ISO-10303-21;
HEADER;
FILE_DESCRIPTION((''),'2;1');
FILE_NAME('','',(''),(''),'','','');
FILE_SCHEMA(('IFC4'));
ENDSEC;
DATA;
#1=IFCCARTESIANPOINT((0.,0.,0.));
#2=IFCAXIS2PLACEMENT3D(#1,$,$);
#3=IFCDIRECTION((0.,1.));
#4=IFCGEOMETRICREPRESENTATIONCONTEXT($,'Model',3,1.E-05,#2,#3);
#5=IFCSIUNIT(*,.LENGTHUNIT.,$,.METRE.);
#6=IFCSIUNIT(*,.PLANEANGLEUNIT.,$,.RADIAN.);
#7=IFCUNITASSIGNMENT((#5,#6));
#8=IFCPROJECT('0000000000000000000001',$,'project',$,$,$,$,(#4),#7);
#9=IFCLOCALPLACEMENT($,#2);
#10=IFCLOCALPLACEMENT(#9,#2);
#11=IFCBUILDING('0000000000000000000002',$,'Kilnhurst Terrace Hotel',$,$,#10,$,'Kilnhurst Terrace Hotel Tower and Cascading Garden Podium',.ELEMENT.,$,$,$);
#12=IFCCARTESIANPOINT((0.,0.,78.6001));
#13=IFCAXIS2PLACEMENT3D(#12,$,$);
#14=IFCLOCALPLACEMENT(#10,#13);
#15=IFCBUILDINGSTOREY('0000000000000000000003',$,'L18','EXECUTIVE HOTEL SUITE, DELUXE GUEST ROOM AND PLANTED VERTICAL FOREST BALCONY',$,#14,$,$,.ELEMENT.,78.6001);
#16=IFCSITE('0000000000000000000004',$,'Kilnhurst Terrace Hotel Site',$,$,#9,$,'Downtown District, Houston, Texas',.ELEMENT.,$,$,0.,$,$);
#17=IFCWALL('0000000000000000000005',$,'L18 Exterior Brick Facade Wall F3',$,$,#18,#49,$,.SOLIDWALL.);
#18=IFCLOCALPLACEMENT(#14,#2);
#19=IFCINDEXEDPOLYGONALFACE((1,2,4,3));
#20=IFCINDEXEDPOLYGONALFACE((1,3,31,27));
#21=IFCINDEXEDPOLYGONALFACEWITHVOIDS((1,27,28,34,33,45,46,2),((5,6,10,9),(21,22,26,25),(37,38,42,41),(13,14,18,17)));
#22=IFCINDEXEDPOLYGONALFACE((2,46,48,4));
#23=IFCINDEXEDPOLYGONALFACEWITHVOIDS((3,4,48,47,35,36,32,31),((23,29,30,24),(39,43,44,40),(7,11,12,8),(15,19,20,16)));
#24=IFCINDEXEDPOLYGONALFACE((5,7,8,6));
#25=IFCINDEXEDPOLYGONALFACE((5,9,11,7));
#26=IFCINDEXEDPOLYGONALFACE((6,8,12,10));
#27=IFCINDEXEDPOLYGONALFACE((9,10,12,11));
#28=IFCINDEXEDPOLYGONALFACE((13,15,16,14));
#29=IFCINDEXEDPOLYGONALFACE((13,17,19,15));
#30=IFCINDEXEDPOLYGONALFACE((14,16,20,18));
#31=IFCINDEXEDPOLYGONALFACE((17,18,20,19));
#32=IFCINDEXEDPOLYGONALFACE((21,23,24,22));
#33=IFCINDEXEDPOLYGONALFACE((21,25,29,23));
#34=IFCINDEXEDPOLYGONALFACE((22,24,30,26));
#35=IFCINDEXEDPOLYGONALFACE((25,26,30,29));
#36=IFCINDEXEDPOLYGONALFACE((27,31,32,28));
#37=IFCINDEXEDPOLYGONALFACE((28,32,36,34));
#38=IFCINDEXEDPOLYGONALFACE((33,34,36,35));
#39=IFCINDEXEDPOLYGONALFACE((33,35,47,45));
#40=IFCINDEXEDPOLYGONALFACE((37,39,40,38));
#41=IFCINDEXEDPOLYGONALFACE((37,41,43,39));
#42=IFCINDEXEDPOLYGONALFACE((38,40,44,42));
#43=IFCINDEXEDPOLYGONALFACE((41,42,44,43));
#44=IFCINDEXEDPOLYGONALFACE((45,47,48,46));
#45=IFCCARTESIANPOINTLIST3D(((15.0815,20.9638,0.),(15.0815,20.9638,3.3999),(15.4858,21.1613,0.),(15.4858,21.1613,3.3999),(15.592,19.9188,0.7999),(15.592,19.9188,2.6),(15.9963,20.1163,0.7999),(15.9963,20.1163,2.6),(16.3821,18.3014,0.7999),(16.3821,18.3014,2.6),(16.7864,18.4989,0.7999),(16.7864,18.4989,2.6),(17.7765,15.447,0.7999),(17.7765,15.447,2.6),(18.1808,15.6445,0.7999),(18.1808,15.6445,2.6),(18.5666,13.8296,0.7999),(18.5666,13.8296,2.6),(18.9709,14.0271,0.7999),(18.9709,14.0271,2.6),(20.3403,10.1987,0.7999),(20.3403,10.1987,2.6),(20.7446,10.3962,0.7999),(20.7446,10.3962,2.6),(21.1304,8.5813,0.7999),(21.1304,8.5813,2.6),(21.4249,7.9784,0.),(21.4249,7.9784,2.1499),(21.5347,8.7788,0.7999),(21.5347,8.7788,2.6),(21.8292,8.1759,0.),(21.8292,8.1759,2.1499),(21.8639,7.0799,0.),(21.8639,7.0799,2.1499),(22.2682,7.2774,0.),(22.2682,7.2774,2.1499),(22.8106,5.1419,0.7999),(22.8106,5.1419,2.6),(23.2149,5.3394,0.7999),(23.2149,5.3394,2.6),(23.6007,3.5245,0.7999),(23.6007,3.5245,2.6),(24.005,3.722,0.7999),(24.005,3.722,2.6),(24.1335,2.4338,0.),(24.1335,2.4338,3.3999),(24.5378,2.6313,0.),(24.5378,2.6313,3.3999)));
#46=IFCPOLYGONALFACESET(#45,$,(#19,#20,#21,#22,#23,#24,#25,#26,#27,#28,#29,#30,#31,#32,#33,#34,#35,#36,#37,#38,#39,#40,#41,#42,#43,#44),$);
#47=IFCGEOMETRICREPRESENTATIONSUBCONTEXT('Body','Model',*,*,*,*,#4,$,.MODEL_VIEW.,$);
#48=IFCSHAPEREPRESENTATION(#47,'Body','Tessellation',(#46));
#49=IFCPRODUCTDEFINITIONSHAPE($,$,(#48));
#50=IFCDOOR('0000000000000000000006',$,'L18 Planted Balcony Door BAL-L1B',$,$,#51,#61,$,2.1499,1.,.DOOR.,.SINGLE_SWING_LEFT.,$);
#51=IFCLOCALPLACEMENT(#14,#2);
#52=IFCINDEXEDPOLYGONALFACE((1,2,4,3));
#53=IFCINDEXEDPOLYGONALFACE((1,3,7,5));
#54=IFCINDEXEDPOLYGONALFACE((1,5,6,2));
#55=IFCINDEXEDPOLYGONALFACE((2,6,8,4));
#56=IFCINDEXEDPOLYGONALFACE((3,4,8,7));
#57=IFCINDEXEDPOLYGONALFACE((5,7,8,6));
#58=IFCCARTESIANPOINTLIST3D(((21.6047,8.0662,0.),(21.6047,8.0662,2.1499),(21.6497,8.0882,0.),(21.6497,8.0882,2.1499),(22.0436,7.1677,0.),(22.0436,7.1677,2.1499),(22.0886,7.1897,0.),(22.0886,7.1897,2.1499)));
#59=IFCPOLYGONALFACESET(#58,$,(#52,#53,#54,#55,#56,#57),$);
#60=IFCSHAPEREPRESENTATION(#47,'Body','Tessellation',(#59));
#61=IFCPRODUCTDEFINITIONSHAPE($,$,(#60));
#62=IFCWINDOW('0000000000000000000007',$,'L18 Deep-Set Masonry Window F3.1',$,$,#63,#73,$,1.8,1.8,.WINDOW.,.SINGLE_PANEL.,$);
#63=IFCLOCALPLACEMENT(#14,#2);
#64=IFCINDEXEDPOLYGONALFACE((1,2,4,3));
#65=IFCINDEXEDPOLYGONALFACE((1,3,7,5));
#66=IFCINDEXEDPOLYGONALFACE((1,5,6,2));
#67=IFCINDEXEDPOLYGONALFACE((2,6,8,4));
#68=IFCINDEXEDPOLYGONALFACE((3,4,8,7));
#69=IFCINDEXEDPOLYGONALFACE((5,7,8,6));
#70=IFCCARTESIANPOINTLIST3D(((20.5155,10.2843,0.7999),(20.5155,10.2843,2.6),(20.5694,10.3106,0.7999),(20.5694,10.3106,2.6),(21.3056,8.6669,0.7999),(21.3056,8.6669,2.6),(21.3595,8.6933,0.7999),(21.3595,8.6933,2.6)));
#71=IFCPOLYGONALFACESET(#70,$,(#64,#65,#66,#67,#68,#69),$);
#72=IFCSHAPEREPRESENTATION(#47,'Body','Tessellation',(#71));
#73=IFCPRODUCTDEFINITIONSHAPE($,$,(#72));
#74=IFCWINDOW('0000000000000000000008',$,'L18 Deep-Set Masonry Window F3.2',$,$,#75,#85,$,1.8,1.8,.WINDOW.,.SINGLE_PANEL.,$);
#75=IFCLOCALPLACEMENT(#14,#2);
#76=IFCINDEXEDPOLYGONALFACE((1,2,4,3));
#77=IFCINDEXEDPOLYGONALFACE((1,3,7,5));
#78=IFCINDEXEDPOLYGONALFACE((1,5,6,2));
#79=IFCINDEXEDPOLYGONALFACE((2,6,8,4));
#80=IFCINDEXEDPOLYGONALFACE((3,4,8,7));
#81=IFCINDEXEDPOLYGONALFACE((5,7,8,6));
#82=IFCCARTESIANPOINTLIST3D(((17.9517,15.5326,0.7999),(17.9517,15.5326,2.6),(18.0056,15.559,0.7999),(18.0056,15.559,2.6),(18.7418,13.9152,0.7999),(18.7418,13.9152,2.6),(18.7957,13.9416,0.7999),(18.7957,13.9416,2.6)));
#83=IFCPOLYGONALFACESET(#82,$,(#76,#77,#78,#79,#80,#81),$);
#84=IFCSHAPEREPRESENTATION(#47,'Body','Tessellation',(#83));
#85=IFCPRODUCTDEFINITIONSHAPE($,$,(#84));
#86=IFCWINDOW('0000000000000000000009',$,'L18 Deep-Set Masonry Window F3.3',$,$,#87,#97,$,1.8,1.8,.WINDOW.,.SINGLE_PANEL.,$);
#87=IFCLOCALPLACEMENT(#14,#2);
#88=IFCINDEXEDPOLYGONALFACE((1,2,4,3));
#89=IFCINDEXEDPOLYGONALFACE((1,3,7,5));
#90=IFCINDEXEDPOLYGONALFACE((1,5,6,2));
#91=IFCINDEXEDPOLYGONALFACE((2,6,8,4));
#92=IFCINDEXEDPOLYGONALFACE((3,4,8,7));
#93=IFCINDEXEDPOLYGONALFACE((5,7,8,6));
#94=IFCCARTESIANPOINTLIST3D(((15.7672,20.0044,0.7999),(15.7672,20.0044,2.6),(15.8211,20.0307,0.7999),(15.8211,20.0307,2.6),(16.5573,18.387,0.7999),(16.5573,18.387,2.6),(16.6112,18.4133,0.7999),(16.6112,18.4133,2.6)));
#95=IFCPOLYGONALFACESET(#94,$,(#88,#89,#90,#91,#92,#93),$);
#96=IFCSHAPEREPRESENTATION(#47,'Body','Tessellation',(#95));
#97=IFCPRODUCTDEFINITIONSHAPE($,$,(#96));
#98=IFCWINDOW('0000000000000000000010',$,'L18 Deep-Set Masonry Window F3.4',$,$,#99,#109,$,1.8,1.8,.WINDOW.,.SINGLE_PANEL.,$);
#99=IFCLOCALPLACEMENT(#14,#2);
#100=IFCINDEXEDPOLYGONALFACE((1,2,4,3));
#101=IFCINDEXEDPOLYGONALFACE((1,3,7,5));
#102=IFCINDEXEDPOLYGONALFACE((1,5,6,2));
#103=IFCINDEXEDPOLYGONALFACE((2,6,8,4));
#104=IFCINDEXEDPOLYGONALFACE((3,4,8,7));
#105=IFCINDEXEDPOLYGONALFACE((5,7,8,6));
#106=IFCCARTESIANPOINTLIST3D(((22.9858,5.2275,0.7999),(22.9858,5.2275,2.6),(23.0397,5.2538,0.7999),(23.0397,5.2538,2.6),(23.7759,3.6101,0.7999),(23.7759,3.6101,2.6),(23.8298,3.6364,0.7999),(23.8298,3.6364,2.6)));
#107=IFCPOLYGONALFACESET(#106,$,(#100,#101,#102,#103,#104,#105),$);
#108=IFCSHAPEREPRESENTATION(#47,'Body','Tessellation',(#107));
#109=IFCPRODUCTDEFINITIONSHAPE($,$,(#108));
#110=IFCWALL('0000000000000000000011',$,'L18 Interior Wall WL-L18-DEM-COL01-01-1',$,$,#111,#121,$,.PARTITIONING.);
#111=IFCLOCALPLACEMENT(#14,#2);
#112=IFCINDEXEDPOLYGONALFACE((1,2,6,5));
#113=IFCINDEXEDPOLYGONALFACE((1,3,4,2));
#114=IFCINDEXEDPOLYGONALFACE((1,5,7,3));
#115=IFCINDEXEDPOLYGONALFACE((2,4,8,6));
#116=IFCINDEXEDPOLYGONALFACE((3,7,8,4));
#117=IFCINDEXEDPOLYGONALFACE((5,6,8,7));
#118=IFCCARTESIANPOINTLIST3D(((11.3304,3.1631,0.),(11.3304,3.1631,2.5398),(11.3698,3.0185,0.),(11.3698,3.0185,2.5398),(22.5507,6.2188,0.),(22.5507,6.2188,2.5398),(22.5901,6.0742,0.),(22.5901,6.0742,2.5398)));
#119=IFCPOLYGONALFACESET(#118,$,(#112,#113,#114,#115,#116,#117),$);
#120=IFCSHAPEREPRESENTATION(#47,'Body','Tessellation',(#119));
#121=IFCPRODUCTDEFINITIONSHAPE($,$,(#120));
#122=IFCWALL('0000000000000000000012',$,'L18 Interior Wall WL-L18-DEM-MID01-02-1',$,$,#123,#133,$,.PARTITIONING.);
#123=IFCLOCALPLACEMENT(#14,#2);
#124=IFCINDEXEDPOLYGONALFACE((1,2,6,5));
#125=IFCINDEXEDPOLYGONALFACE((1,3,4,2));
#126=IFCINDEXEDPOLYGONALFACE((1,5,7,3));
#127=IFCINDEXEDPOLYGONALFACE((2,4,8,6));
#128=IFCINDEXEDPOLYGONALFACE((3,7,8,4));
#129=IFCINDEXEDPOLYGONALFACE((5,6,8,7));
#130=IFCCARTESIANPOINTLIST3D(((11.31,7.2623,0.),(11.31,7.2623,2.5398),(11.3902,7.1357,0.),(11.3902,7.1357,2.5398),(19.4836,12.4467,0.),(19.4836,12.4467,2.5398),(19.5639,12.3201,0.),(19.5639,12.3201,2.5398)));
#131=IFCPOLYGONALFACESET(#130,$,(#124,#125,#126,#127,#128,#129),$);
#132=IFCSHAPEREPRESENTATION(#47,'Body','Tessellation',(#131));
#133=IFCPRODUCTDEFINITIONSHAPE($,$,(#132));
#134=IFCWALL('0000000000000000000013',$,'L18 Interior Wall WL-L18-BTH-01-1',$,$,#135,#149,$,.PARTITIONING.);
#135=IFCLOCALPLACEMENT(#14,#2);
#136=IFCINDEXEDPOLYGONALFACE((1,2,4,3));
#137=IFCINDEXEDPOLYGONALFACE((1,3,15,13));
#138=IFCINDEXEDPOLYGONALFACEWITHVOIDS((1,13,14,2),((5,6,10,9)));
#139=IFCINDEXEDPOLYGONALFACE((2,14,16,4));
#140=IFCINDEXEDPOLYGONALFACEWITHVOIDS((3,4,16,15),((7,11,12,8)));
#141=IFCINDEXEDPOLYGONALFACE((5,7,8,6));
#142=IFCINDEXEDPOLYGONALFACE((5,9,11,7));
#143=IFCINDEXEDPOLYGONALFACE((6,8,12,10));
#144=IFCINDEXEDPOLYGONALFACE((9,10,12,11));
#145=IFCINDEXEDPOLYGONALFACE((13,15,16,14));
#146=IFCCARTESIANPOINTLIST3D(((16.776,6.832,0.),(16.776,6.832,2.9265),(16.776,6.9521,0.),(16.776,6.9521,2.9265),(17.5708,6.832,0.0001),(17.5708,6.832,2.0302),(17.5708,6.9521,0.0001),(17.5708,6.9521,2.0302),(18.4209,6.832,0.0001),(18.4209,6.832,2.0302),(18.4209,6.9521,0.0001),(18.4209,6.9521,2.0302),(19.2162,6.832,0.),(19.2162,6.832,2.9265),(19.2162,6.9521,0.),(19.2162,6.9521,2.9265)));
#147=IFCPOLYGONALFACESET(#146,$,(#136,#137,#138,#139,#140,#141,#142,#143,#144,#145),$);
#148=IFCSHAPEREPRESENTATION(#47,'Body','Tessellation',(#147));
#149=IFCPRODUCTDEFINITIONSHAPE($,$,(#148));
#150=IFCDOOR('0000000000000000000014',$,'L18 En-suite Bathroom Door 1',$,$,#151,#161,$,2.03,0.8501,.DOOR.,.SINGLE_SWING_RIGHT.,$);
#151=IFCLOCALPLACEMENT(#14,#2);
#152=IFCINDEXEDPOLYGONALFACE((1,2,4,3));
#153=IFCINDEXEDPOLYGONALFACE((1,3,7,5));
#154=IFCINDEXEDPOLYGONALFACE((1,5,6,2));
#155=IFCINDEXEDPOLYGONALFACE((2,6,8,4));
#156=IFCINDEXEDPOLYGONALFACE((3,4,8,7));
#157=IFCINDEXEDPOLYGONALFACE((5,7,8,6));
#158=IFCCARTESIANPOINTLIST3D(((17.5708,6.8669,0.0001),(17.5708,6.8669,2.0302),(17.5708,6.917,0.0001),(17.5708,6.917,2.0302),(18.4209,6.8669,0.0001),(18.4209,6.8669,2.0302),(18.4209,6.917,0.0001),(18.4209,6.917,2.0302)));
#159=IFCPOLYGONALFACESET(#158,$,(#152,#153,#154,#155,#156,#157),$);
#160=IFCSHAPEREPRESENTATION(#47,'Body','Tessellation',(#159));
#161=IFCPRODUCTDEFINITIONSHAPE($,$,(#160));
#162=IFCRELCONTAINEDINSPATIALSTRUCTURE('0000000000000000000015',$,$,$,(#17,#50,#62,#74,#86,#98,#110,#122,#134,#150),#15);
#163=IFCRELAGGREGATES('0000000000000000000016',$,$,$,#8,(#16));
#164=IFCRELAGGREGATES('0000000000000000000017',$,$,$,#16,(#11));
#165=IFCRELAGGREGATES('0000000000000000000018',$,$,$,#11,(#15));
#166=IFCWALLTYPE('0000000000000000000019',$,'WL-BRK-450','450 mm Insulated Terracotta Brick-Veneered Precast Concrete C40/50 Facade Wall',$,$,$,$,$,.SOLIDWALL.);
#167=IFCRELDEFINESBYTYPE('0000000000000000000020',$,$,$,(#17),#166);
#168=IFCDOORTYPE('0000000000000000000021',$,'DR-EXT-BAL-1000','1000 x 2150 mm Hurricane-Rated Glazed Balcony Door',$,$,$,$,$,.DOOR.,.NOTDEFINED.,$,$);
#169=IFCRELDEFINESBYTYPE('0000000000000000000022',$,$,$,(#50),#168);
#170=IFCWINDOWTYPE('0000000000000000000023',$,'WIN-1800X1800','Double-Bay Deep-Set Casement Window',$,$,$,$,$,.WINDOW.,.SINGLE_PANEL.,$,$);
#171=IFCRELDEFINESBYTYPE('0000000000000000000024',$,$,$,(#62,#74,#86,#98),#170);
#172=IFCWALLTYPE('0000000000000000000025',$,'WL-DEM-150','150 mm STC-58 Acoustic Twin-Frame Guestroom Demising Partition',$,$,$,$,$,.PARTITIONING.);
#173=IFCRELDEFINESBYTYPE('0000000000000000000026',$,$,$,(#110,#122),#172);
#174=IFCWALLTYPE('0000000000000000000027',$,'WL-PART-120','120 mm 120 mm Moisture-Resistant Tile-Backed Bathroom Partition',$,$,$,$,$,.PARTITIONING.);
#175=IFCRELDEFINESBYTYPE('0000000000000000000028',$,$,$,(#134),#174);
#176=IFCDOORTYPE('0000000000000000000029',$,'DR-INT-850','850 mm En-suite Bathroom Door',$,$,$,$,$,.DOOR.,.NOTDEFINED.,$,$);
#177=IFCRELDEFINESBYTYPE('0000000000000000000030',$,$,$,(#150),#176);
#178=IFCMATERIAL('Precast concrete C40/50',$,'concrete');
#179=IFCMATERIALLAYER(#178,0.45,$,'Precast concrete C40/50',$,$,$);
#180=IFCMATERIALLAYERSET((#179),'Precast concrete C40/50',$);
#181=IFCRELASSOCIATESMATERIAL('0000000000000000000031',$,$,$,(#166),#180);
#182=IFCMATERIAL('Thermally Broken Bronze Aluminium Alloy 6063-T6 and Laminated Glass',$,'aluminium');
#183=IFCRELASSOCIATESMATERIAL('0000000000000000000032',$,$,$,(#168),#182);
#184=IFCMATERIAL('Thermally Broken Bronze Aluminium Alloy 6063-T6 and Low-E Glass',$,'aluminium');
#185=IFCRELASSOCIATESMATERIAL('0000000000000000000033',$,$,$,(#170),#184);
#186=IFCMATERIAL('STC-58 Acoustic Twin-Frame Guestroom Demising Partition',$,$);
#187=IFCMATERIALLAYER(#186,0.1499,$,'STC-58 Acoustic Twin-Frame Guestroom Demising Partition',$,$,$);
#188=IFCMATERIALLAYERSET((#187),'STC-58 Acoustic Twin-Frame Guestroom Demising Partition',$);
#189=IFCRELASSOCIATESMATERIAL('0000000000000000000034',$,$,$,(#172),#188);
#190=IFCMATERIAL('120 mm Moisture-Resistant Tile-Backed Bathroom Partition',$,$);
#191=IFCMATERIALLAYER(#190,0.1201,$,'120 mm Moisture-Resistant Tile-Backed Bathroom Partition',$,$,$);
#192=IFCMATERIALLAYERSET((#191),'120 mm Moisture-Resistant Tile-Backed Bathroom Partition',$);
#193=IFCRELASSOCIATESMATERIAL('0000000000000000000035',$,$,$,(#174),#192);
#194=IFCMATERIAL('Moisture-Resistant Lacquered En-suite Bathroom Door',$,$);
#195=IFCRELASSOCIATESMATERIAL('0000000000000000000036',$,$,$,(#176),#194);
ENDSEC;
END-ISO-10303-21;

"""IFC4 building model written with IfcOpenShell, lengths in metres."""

from ifc_helpers import new_model, si_unit, direction, frame, frame_2d, origin, place, context, subcontext, project, spatial, rectangle, extrude, material, layer, layer_set, type_object, element, fill, save


model = new_model("IFC4")

# Units and contexts
model_context = context("Model", 3, precision=1e-05, world=origin(), true_north=direction((0.0, 1.0)))
body_context = subcontext(model_context, "Body", "Model", "MODEL_VIEW")
ifc_project = project(units=[si_unit("LENGTHUNIT", "METRE"), si_unit("PLANEANGLEUNIT", "RADIAN")], contexts=[model_context])

# Site, building, storey
site_placement = place(None, origin())
site = spatial("IfcSite", under=ifc_project, at=site_placement, Name="Kilnhurst Terrace Hotel Site", LongName="Downtown District, Houston, Texas", CompositionType="ELEMENT", RefElevation=0.0)
building_placement = place(site_placement, origin())
building = spatial("IfcBuilding", under=site, at=building_placement, Name="Kilnhurst Terrace Hotel", LongName="Kilnhurst Terrace Hotel Tower and Cascading Garden Podium", CompositionType="ELEMENT")
storey_placement = place(building_placement, frame((0.0, 0.0, 78.6001)))
storey = spatial("IfcBuildingStorey", under=building, at=storey_placement, Name="L18", Description="EXECUTIVE HOTEL SUITE, DELUXE GUEST ROOM AND PLANTED VERTICAL FOREST BALCONY", CompositionType="ELEMENT", Elevation=78.6001)

# Shared definitions
ifc_material_1 = material(Name="Precast concrete C40/50", Category="concrete")
ifc_layer_1 = layer(ifc_material_1, 0.45, Name="Precast concrete C40/50")
ifc_layer_set_1 = layer_set([ifc_layer_1], Name="Precast concrete C40/50")
wall_type_1 = type_object("IfcWallType", Name="WL-BRK-450", Description="450 mm Insulated Terracotta Brick-Veneered Precast Concrete C40/50 Facade Wall", PredefinedType="SOLIDWALL", material=ifc_layer_set_1)

# Wall, openings, door, windows
wall_1_placement = place(storey_placement, frame((24.3357, 2.5325, 0.0), z_axis=(0.0, 0.0, 1.0), x_axis=(-0.438931, 0.898521, 0.0)))
wall_1 = element("IfcWall", 1, at=wall_1_placement, inside=storey, type_object=wall_type_1, Name="L18 Exterior Brick Facade Wall F3", PredefinedType="SOLIDWALL", context=body_context, shape_type="SweptSolid", body=[
    extrude(rectangle(XDim=20.6228, YDim=0.45, at=frame_2d((10.3115, 0.0))), origin(), (0.0, 0.0, 1.0), 3.3999),
])
opening_1_placement = place(wall_1_placement, frame((5.1709, 0.0, 0.0)))
opening_1 = element("IfcOpeningElement", 2, at=opening_1_placement, cuts=wall_1, PredefinedType="OPENING", context=body_context, shape_type="SweptSolid", body=[
    extrude(rectangle(XDim=1.0, YDim=2.1499, at=frame_2d((0.5, 1.075))), frame((0.0, 0.2349, 0.0), z_axis=(0.0, -1.0, 0.0), x_axis=(1.0, 0.0, 0.0)), (0.0, 0.0, 1.0), 0.47),
])
opening_2_placement = place(wall_1_placement, frame((6.842, 0.0, 0.8)))
opening_2 = element("IfcOpeningElement", 3, at=opening_2_placement, cuts=wall_1, PredefinedType="OPENING", context=body_context, shape_type="SweptSolid", body=[
    extrude(rectangle(XDim=1.8, YDim=1.8, at=frame_2d((0.8999, 0.8999))), frame((0.0, 0.2349, 0.0), z_axis=(0.0, -1.0, 0.0), x_axis=(1.0, 0.0, 0.0)), (0.0, 0.0, 1.0), 0.47),
])
opening_3_placement = place(wall_1_placement, frame((12.6831, 0.0, 0.8)))
opening_3 = element("IfcOpeningElement", 4, at=opening_3_placement, cuts=wall_1, PredefinedType="OPENING", context=body_context, shape_type="SweptSolid", body=[
    extrude(rectangle(XDim=1.8, YDim=1.8, at=frame_2d((0.8999, 0.8999))), frame((0.0, 0.2349, 0.0), z_axis=(0.0, -1.0, 0.0), x_axis=(1.0, 0.0, 0.0)), (0.0, 0.0, 1.0), 0.47),
])
opening_4_placement = place(wall_1_placement, frame((17.6599, 0.0, 0.8)))
opening_4 = element("IfcOpeningElement", 5, at=opening_4_placement, cuts=wall_1, PredefinedType="OPENING", context=body_context, shape_type="SweptSolid", body=[
    extrude(rectangle(XDim=1.8, YDim=1.8, at=frame_2d((0.8999, 0.8999))), frame((0.0, 0.2349, 0.0), z_axis=(0.0, -1.0, 0.0), x_axis=(1.0, 0.0, 0.0)), (0.0, 0.0, 1.0), 0.47),
])
opening_5_placement = place(wall_1_placement, frame((1.2141, 0.0, 0.8)))
opening_5 = element("IfcOpeningElement", 6, at=opening_5_placement, cuts=wall_1, PredefinedType="OPENING", context=body_context, shape_type="SweptSolid", body=[
    extrude(rectangle(XDim=1.8, YDim=1.8, at=frame_2d((0.8999, 0.8999))), frame((0.0, 0.2349, 0.0), z_axis=(0.0, -1.0, 0.0), x_axis=(1.0, 0.0, 0.0)), (0.0, 0.0, 1.0), 0.47),
])
ifc_material_2 = material(Name="Thermally Broken Bronze Aluminium Alloy 6063-T6 and Laminated Glass", Category="aluminium")
door_type_1 = type_object("IfcDoorType", Name="DR-EXT-BAL-1000", Description="1000 x 2150 mm Hurricane-Rated Glazed Balcony Door", OperationType="NOTDEFINED", PredefinedType="DOOR", material=ifc_material_2)
door_1_placement = place(opening_1_placement, origin())
door_1 = element("IfcDoor", 7, at=door_1_placement, inside=storey, type_object=door_type_1, Name="L18 Planted Balcony Door BAL-L1B", OperationType="SINGLE_SWING_LEFT", OverallHeight=2.1499, OverallWidth=1.0, PredefinedType="DOOR", context=body_context, shape_type="SweptSolid", body=[
    extrude(rectangle(XDim=1.0, YDim=2.1499, at=frame_2d((0.5, 1.075))), frame((0.0, 0.0249, 0.0), z_axis=(0.0, -1.0, 0.0), x_axis=(1.0, 0.0, 0.0)), (0.0, 0.0, 1.0), 0.05),
])
fill(opening_1, door_1)
ifc_material_3 = material(Name="Thermally Broken Bronze Aluminium Alloy 6063-T6 and Low-E Glass", Category="aluminium")
window_type = type_object("IfcWindowType", Name="WIN-1800X1800", Description="Double-Bay Deep-Set Casement Window", PartitioningType="SINGLE_PANEL", PredefinedType="WINDOW", material=ifc_material_3)
window_1_placement = place(opening_2_placement, origin())
window_1 = element("IfcWindow", 8, at=window_1_placement, inside=storey, type_object=window_type, Name="L18 Deep-Set Masonry Window F3.1", OverallHeight=1.8, OverallWidth=1.8, PartitioningType="SINGLE_PANEL", PredefinedType="WINDOW", context=body_context, shape_type="SweptSolid", body=[
    extrude(rectangle(XDim=1.8, YDim=1.8, at=frame_2d((0.8999, 0.8999))), frame((0.0, 0.03, 0.0), z_axis=(0.0, -1.0, 0.0), x_axis=(1.0, 0.0, 0.0)), (0.0, 0.0, 1.0), 0.0601),
])
fill(opening_2, window_1)
window_2_placement = place(opening_3_placement, origin())
window_2 = element("IfcWindow", 9, at=window_2_placement, inside=storey, type_object=window_type, Name="L18 Deep-Set Masonry Window F3.2", OverallHeight=1.8, OverallWidth=1.8, PartitioningType="SINGLE_PANEL", PredefinedType="WINDOW", context=body_context, shape_type="SweptSolid", body=[
    extrude(rectangle(XDim=1.8, YDim=1.8, at=frame_2d((0.8999, 0.8999))), frame((0.0, 0.03, 0.0), z_axis=(0.0, -1.0, 0.0), x_axis=(1.0, 0.0, 0.0)), (0.0, 0.0, 1.0), 0.0601),
])
fill(opening_3, window_2)
window_3_placement = place(opening_4_placement, origin())
window_3 = element("IfcWindow", 10, at=window_3_placement, inside=storey, type_object=window_type, Name="L18 Deep-Set Masonry Window F3.3", OverallHeight=1.8, OverallWidth=1.8, PartitioningType="SINGLE_PANEL", PredefinedType="WINDOW", context=body_context, shape_type="SweptSolid", body=[
    extrude(rectangle(XDim=1.8, YDim=1.8, at=frame_2d((0.8999, 0.8999))), frame((0.0, 0.03, 0.0), z_axis=(0.0, -1.0, 0.0), x_axis=(1.0, 0.0, 0.0)), (0.0, 0.0, 1.0), 0.0601),
])
fill(opening_4, window_3)
window_4_placement = place(opening_5_placement, origin())
window_4 = element("IfcWindow", 11, at=window_4_placement, inside=storey, type_object=window_type, Name="L18 Deep-Set Masonry Window F3.4", OverallHeight=1.8, OverallWidth=1.8, PartitioningType="SINGLE_PANEL", PredefinedType="WINDOW", context=body_context, shape_type="SweptSolid", body=[
    extrude(rectangle(XDim=1.8, YDim=1.8, at=frame_2d((0.8999, 0.8999))), frame((0.0, 0.03, 0.0), z_axis=(0.0, -1.0, 0.0), x_axis=(1.0, 0.0, 0.0)), (0.0, 0.0, 1.0), 0.0601),
])
fill(opening_5, window_4)

# Walls
ifc_material_4 = material(Name="STC-58 Acoustic Twin-Frame Guestroom Demising Partition")
ifc_layer_2 = layer(ifc_material_4, 0.1499, Name="STC-58 Acoustic Twin-Frame Guestroom Demising Partition")
ifc_layer_set_2 = layer_set([ifc_layer_2], Name="STC-58 Acoustic Twin-Frame Guestroom Demising Partition")
wall_type_2 = type_object("IfcWallType", Name="WL-DEM-150", Description="150 mm STC-58 Acoustic Twin-Frame Guestroom Demising Partition", PredefinedType="PARTITIONING", material=ifc_layer_set_2)
wall_2_placement = place(storey_placement, frame((11.3501, 3.0908, 0.0), z_axis=(0.0, 0.0, 1.0), x_axis=(0.96486, 0.262766, 0.0)))
element("IfcWall", 12, at=wall_2_placement, inside=storey, type_object=wall_type_2, Name="L18 Interior Wall WL-L18-DEM-COL01-01-1", PredefinedType="PARTITIONING", context=body_context, shape_type="SweptSolid", body=[
    extrude(rectangle(XDim=11.6289, YDim=0.1499, at=frame_2d((5.8145, 0.0))), origin(), (0.0, 0.0, 1.0), 2.5398),
])
wall_3_placement = place(storey_placement, frame((11.3501, 7.199, 0.0), z_axis=(0.0, 0.0, 1.0), x_axis=(0.844458, 0.535621, 0.0)))
element("IfcWall", 13, at=wall_3_placement, inside=storey, type_object=wall_type_2, Name="L18 Interior Wall WL-L18-DEM-MID01-02-1", PredefinedType="PARTITIONING", context=body_context, shape_type="SweptSolid", body=[
    extrude(rectangle(XDim=9.6792, YDim=0.1499, at=frame_2d((4.8396, 0.0))), origin(), (0.0, 0.0, 1.0), 2.5398),
])

# Wall, opening, door
ifc_material_5 = material(Name="120 mm Moisture-Resistant Tile-Backed Bathroom Partition")
ifc_layer_3 = layer(ifc_material_5, 0.1201, Name="120 mm Moisture-Resistant Tile-Backed Bathroom Partition")
ifc_layer_set_3 = layer_set([ifc_layer_3], Name="120 mm Moisture-Resistant Tile-Backed Bathroom Partition")
wall_type_3 = type_object("IfcWallType", Name="WL-PART-120", Description="120 mm 120 mm Moisture-Resistant Tile-Backed Bathroom Partition", PredefinedType="PARTITIONING", material=ifc_layer_set_3)
wall_4_placement = place(storey_placement, frame((16.7759, 6.8921, 0.0), z_axis=(0.0, 0.0, 1.0), x_axis=(1.0, 0.0, 0.0)))
wall_4 = element("IfcWall", 14, at=wall_4_placement, inside=storey, type_object=wall_type_3, Name="L18 Interior Wall WL-L18-BTH-01-1", PredefinedType="PARTITIONING", context=body_context, shape_type="SweptSolid", body=[
    extrude(rectangle(XDim=2.4402, YDim=0.1201, at=frame_2d((1.2202, 0.0))), origin(), (0.0, 0.0, 1.0), 2.9265),
])
opening_6_placement = place(wall_4_placement, frame((0.7949, 0.0, 0.0)))
opening_6 = element("IfcOpeningElement", 15, at=opening_6_placement, cuts=wall_4, PredefinedType="OPENING", context=body_context, shape_type="SweptSolid", body=[
    extrude(rectangle(XDim=0.8501, YDim=2.03, at=frame_2d((0.425, 1.0151))), frame((0.0, 0.0701, 0.0), z_axis=(0.0, -1.0, 0.0), x_axis=(1.0, 0.0, 0.0)), (0.0, 0.0, 1.0), 0.1401),
])
ifc_material_6 = material(Name="Moisture-Resistant Lacquered En-suite Bathroom Door")
door_type_2 = type_object("IfcDoorType", Name="DR-INT-850", Description="850 mm En-suite Bathroom Door", OperationType="NOTDEFINED", PredefinedType="DOOR", material=ifc_material_6)
door_2_placement = place(opening_6_placement, origin())
door_2 = element("IfcDoor", 16, at=door_2_placement, inside=storey, type_object=door_type_2, Name="L18 En-suite Bathroom Door 1", OperationType="SINGLE_SWING_RIGHT", OverallHeight=2.03, OverallWidth=0.8501, PredefinedType="DOOR", context=body_context, shape_type="SweptSolid", body=[
    extrude(rectangle(XDim=0.8501, YDim=2.03, at=frame_2d((0.425, 1.0151))), frame((0.0, 0.0249, 0.0), z_axis=(0.0, -1.0, 0.0), x_axis=(1.0, 0.0, 0.0)), (0.0, 0.0, 1.0), 0.05),
])
fill(opening_6, door_2)

save(model, "model.ifc")
